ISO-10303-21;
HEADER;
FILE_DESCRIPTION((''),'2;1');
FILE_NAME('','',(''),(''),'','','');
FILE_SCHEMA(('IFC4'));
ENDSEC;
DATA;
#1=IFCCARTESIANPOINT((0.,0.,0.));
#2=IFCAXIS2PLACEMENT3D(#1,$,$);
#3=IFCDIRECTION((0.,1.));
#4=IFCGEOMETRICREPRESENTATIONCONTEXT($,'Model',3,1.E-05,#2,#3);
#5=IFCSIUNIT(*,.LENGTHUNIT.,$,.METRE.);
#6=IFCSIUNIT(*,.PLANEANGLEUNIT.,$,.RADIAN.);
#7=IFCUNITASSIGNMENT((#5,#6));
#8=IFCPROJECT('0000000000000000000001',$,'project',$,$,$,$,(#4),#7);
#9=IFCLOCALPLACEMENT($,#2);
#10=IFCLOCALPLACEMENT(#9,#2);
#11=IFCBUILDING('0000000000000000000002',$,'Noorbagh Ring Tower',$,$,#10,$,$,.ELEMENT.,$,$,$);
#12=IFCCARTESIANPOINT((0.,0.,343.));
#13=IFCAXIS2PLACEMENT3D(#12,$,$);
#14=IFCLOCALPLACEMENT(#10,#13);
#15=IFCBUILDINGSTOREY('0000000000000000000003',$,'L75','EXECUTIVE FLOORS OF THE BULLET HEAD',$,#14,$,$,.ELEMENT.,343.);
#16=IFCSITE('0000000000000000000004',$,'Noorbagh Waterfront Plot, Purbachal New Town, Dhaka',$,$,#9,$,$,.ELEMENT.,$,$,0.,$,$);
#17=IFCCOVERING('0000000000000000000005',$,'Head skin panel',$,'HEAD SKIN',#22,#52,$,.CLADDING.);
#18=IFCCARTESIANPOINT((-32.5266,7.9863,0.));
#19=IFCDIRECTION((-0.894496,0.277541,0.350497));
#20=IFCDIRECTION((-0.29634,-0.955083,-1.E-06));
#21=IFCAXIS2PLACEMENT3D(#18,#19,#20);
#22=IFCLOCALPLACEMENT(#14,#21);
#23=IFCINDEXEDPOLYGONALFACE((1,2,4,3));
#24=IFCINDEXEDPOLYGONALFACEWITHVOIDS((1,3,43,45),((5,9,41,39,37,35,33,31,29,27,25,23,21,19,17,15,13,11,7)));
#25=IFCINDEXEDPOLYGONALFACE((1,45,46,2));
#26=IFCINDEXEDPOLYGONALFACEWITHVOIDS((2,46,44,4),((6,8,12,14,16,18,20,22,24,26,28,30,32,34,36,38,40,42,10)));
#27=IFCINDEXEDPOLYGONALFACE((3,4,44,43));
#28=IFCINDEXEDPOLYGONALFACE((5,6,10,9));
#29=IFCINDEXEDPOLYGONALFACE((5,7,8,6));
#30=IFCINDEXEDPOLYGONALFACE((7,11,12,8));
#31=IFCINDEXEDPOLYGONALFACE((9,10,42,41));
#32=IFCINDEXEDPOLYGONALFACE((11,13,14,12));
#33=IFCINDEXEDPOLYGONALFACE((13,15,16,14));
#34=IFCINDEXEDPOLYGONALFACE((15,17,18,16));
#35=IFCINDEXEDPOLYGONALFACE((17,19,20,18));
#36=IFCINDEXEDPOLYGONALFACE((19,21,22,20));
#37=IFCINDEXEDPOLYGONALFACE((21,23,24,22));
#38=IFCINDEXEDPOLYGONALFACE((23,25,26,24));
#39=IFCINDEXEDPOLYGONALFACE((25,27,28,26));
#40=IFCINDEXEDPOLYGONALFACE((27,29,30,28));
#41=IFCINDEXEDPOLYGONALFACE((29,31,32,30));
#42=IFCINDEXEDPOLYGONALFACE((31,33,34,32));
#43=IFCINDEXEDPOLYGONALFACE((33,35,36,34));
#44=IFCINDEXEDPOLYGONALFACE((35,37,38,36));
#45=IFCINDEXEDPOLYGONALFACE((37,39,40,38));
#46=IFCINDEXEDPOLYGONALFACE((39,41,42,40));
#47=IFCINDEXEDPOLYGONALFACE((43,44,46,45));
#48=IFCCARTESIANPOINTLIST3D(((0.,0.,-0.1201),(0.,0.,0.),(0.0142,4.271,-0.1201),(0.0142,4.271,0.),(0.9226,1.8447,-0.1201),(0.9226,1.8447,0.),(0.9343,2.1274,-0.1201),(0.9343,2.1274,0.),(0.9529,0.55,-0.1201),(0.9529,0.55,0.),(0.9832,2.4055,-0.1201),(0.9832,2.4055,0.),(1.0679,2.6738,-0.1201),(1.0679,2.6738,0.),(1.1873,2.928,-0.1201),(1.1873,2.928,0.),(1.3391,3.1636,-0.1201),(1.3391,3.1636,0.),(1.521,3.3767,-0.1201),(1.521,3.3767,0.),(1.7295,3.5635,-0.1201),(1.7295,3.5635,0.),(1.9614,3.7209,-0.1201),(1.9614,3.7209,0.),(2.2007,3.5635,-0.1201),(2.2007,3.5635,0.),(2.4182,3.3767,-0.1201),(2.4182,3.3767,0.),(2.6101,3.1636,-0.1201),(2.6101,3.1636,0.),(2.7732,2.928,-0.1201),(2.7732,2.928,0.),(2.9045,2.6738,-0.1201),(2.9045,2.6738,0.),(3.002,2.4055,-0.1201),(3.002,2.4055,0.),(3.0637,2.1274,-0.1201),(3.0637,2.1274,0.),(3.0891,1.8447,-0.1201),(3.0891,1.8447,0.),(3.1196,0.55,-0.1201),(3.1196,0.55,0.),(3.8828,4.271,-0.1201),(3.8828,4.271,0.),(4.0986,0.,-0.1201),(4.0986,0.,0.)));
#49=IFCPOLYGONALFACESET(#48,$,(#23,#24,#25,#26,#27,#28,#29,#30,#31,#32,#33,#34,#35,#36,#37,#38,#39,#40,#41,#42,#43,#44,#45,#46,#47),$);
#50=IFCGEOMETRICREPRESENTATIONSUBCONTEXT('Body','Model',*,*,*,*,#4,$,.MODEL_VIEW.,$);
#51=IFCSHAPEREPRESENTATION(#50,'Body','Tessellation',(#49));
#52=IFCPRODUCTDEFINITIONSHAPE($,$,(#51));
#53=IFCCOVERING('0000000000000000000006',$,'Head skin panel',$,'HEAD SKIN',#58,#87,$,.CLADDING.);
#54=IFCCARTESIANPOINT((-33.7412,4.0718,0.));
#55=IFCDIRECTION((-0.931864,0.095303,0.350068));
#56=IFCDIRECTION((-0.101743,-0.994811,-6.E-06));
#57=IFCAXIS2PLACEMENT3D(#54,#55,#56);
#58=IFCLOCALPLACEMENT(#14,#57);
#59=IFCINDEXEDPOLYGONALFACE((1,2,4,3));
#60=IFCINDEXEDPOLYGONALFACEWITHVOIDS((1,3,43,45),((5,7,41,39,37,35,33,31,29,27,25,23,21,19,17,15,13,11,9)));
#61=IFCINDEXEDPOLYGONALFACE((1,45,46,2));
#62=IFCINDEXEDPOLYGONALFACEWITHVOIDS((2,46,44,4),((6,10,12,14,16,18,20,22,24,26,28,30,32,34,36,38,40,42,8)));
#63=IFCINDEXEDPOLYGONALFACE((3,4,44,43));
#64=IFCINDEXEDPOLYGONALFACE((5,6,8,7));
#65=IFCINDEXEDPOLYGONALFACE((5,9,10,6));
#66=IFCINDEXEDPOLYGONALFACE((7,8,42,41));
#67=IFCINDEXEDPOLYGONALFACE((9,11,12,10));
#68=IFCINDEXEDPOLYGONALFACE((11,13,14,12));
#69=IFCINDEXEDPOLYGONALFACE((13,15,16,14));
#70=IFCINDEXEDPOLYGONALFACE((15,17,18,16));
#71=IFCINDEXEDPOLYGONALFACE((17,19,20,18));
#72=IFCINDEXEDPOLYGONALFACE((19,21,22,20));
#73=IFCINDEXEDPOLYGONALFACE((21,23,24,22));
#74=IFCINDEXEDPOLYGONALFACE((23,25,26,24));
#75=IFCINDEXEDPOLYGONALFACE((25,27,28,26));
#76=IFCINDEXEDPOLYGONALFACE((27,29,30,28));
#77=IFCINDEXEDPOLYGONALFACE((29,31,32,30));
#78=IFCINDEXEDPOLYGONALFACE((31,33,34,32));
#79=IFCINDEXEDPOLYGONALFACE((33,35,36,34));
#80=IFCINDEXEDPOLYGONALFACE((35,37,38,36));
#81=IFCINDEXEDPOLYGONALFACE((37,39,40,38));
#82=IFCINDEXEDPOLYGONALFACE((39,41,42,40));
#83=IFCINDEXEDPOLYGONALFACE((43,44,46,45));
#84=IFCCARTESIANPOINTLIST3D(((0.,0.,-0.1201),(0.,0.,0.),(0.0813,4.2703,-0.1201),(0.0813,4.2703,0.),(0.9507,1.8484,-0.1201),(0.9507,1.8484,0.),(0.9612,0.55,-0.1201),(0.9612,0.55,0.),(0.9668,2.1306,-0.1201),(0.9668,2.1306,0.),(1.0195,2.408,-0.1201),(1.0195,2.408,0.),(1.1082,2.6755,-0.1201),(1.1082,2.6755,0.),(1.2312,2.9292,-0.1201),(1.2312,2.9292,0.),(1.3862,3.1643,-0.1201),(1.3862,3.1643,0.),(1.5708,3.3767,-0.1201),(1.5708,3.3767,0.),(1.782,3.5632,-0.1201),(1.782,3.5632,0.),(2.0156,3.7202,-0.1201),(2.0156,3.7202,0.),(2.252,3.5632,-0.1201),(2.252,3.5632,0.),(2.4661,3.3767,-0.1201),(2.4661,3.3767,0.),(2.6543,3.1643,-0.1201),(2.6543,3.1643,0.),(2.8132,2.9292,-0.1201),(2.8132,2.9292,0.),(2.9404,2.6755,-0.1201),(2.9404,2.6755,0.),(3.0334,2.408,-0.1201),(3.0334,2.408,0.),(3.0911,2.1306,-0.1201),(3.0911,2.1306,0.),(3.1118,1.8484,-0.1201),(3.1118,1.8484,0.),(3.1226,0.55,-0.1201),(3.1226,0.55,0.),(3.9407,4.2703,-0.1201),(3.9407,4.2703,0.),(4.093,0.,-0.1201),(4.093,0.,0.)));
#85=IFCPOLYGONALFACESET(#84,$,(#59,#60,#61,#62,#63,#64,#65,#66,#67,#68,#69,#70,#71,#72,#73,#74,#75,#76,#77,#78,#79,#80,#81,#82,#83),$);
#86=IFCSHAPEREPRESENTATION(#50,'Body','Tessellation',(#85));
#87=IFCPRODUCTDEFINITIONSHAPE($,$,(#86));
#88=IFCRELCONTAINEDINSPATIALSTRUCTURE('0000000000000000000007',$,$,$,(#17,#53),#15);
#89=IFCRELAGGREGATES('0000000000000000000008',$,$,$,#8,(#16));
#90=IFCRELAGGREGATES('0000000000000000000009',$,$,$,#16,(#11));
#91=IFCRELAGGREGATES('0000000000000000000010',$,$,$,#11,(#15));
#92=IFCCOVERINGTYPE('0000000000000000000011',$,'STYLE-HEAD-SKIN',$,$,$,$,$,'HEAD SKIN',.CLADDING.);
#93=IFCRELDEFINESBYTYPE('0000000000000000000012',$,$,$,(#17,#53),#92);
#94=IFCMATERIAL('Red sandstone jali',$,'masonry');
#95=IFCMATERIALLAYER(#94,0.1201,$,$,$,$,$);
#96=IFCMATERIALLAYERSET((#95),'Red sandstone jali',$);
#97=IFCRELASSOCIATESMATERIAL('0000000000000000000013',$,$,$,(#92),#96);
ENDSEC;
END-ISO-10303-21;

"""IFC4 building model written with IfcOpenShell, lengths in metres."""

from ifc_helpers import new_model, si_unit, direction, frame, origin, place, context, subcontext, project, spatial, polyline, outline, extrude, material, layer, layer_set, type_object, element, save


model = new_model("IFC4")

# Units and contexts
model_context = context("Model", 3, precision=1e-05, world=origin(), true_north=direction((0.0, 1.0)))
body_context = subcontext(model_context, "Body", "Model", "MODEL_VIEW")
ifc_project = project(units=[si_unit("LENGTHUNIT", "METRE"), si_unit("PLANEANGLEUNIT", "RADIAN")], contexts=[model_context])

# Site, building, storey
site_placement = place(None, origin())
site = spatial("IfcSite", under=ifc_project, at=site_placement, Name="Noorbagh Waterfront Plot, Purbachal New Town, Dhaka", CompositionType="ELEMENT", RefElevation=0.0)
building_placement = place(site_placement, origin())
building = spatial("IfcBuilding", under=site, at=building_placement, Name="Noorbagh Ring Tower", CompositionType="ELEMENT")
storey_placement = place(building_placement, frame((0.0, 0.0, 343.0)))
storey = spatial("IfcBuildingStorey", under=building, at=storey_placement, Name="L75", Description="EXECUTIVE FLOORS OF THE BULLET HEAD", CompositionType="ELEMENT", Elevation=343.0)

# Coverings
ifc_material_1 = material(Name="Red sandstone jali", Category="masonry")
ifc_layer_1 = layer(ifc_material_1, 0.1201)
ifc_layer_set_1 = layer_set([ifc_layer_1], Name="Red sandstone jali")
covering_type_1 = type_object("IfcCoveringType", Name="STYLE-HEAD-SKIN", ElementType="HEAD SKIN", PredefinedType="CLADDING", material=ifc_layer_set_1)
covering_1_placement = place(storey_placement, frame((-32.5266, 7.9863, 0.0), z_axis=(-0.894496, 0.277541, 0.350497), x_axis=(-0.29634, -0.955083, -0.000001)))
element("IfcCovering", 1, at=covering_1_placement, inside=storey, type_object=covering_type_1, Name="Head skin panel", ObjectType="HEAD SKIN", PredefinedType="CLADDING", context=body_context, shape_type="SweptSolid", body=[
    extrude(outline(polyline([(0.0, 0.0), (4.0986, 0.0), (3.8828, 4.271), (0.0142, 4.271), (0.0, 0.0)]), holes=[polyline([(0.9529, 0.55), (0.9226, 1.8447), (0.9343, 2.1274), (0.9832, 2.4055), (1.0679, 2.6738), (1.1873, 2.928), (1.3391, 3.1636), (1.521, 3.3767), (1.7295, 3.5635), (1.9614, 3.7209), (2.2007, 3.5635), (2.4182, 3.3767), (2.6101, 3.1636), (2.7732, 2.928), (2.9045, 2.6738), (3.002, 2.4055), (3.0637, 2.1274), (3.0891, 1.8447), (3.1196, 0.55), (0.9529, 0.55)])]), origin(), (0.0, 0.0, -1.0), 0.1201),
])
covering_2_placement = place(storey_placement, frame((-33.7412, 4.0718, 0.0), z_axis=(-0.931864, 0.095303, 0.350068), x_axis=(-0.101743, -0.994811, -0.000006)))
element("IfcCovering", 2, at=covering_2_placement, inside=storey, type_object=covering_type_1, Name="Head skin panel", ObjectType="HEAD SKIN", PredefinedType="CLADDING", context=body_context, shape_type="SweptSolid", body=[
    extrude(outline(polyline([(0.0, 0.0), (4.093, 0.0), (3.9407, 4.2703), (0.0813, 4.2703), (0.0, 0.0)]), holes=[polyline([(0.9612, 0.55), (0.9507, 1.8484), (0.9668, 2.1306), (1.0195, 2.408), (1.1082, 2.6755), (1.2312, 2.9292), (1.3862, 3.1643), (1.5708, 3.3767), (1.782, 3.5632), (2.0156, 3.7202), (2.252, 3.5632), (2.4661, 3.3767), (2.6543, 3.1643), (2.8132, 2.9292), (2.9404, 2.6755), (3.0334, 2.408), (3.0911, 2.1306), (3.1118, 1.8484), (3.1226, 0.55), (0.9612, 0.55)])]), origin(), (0.0, 0.0, -1.0), 0.1201),
])

save(model, "model.ifc")
